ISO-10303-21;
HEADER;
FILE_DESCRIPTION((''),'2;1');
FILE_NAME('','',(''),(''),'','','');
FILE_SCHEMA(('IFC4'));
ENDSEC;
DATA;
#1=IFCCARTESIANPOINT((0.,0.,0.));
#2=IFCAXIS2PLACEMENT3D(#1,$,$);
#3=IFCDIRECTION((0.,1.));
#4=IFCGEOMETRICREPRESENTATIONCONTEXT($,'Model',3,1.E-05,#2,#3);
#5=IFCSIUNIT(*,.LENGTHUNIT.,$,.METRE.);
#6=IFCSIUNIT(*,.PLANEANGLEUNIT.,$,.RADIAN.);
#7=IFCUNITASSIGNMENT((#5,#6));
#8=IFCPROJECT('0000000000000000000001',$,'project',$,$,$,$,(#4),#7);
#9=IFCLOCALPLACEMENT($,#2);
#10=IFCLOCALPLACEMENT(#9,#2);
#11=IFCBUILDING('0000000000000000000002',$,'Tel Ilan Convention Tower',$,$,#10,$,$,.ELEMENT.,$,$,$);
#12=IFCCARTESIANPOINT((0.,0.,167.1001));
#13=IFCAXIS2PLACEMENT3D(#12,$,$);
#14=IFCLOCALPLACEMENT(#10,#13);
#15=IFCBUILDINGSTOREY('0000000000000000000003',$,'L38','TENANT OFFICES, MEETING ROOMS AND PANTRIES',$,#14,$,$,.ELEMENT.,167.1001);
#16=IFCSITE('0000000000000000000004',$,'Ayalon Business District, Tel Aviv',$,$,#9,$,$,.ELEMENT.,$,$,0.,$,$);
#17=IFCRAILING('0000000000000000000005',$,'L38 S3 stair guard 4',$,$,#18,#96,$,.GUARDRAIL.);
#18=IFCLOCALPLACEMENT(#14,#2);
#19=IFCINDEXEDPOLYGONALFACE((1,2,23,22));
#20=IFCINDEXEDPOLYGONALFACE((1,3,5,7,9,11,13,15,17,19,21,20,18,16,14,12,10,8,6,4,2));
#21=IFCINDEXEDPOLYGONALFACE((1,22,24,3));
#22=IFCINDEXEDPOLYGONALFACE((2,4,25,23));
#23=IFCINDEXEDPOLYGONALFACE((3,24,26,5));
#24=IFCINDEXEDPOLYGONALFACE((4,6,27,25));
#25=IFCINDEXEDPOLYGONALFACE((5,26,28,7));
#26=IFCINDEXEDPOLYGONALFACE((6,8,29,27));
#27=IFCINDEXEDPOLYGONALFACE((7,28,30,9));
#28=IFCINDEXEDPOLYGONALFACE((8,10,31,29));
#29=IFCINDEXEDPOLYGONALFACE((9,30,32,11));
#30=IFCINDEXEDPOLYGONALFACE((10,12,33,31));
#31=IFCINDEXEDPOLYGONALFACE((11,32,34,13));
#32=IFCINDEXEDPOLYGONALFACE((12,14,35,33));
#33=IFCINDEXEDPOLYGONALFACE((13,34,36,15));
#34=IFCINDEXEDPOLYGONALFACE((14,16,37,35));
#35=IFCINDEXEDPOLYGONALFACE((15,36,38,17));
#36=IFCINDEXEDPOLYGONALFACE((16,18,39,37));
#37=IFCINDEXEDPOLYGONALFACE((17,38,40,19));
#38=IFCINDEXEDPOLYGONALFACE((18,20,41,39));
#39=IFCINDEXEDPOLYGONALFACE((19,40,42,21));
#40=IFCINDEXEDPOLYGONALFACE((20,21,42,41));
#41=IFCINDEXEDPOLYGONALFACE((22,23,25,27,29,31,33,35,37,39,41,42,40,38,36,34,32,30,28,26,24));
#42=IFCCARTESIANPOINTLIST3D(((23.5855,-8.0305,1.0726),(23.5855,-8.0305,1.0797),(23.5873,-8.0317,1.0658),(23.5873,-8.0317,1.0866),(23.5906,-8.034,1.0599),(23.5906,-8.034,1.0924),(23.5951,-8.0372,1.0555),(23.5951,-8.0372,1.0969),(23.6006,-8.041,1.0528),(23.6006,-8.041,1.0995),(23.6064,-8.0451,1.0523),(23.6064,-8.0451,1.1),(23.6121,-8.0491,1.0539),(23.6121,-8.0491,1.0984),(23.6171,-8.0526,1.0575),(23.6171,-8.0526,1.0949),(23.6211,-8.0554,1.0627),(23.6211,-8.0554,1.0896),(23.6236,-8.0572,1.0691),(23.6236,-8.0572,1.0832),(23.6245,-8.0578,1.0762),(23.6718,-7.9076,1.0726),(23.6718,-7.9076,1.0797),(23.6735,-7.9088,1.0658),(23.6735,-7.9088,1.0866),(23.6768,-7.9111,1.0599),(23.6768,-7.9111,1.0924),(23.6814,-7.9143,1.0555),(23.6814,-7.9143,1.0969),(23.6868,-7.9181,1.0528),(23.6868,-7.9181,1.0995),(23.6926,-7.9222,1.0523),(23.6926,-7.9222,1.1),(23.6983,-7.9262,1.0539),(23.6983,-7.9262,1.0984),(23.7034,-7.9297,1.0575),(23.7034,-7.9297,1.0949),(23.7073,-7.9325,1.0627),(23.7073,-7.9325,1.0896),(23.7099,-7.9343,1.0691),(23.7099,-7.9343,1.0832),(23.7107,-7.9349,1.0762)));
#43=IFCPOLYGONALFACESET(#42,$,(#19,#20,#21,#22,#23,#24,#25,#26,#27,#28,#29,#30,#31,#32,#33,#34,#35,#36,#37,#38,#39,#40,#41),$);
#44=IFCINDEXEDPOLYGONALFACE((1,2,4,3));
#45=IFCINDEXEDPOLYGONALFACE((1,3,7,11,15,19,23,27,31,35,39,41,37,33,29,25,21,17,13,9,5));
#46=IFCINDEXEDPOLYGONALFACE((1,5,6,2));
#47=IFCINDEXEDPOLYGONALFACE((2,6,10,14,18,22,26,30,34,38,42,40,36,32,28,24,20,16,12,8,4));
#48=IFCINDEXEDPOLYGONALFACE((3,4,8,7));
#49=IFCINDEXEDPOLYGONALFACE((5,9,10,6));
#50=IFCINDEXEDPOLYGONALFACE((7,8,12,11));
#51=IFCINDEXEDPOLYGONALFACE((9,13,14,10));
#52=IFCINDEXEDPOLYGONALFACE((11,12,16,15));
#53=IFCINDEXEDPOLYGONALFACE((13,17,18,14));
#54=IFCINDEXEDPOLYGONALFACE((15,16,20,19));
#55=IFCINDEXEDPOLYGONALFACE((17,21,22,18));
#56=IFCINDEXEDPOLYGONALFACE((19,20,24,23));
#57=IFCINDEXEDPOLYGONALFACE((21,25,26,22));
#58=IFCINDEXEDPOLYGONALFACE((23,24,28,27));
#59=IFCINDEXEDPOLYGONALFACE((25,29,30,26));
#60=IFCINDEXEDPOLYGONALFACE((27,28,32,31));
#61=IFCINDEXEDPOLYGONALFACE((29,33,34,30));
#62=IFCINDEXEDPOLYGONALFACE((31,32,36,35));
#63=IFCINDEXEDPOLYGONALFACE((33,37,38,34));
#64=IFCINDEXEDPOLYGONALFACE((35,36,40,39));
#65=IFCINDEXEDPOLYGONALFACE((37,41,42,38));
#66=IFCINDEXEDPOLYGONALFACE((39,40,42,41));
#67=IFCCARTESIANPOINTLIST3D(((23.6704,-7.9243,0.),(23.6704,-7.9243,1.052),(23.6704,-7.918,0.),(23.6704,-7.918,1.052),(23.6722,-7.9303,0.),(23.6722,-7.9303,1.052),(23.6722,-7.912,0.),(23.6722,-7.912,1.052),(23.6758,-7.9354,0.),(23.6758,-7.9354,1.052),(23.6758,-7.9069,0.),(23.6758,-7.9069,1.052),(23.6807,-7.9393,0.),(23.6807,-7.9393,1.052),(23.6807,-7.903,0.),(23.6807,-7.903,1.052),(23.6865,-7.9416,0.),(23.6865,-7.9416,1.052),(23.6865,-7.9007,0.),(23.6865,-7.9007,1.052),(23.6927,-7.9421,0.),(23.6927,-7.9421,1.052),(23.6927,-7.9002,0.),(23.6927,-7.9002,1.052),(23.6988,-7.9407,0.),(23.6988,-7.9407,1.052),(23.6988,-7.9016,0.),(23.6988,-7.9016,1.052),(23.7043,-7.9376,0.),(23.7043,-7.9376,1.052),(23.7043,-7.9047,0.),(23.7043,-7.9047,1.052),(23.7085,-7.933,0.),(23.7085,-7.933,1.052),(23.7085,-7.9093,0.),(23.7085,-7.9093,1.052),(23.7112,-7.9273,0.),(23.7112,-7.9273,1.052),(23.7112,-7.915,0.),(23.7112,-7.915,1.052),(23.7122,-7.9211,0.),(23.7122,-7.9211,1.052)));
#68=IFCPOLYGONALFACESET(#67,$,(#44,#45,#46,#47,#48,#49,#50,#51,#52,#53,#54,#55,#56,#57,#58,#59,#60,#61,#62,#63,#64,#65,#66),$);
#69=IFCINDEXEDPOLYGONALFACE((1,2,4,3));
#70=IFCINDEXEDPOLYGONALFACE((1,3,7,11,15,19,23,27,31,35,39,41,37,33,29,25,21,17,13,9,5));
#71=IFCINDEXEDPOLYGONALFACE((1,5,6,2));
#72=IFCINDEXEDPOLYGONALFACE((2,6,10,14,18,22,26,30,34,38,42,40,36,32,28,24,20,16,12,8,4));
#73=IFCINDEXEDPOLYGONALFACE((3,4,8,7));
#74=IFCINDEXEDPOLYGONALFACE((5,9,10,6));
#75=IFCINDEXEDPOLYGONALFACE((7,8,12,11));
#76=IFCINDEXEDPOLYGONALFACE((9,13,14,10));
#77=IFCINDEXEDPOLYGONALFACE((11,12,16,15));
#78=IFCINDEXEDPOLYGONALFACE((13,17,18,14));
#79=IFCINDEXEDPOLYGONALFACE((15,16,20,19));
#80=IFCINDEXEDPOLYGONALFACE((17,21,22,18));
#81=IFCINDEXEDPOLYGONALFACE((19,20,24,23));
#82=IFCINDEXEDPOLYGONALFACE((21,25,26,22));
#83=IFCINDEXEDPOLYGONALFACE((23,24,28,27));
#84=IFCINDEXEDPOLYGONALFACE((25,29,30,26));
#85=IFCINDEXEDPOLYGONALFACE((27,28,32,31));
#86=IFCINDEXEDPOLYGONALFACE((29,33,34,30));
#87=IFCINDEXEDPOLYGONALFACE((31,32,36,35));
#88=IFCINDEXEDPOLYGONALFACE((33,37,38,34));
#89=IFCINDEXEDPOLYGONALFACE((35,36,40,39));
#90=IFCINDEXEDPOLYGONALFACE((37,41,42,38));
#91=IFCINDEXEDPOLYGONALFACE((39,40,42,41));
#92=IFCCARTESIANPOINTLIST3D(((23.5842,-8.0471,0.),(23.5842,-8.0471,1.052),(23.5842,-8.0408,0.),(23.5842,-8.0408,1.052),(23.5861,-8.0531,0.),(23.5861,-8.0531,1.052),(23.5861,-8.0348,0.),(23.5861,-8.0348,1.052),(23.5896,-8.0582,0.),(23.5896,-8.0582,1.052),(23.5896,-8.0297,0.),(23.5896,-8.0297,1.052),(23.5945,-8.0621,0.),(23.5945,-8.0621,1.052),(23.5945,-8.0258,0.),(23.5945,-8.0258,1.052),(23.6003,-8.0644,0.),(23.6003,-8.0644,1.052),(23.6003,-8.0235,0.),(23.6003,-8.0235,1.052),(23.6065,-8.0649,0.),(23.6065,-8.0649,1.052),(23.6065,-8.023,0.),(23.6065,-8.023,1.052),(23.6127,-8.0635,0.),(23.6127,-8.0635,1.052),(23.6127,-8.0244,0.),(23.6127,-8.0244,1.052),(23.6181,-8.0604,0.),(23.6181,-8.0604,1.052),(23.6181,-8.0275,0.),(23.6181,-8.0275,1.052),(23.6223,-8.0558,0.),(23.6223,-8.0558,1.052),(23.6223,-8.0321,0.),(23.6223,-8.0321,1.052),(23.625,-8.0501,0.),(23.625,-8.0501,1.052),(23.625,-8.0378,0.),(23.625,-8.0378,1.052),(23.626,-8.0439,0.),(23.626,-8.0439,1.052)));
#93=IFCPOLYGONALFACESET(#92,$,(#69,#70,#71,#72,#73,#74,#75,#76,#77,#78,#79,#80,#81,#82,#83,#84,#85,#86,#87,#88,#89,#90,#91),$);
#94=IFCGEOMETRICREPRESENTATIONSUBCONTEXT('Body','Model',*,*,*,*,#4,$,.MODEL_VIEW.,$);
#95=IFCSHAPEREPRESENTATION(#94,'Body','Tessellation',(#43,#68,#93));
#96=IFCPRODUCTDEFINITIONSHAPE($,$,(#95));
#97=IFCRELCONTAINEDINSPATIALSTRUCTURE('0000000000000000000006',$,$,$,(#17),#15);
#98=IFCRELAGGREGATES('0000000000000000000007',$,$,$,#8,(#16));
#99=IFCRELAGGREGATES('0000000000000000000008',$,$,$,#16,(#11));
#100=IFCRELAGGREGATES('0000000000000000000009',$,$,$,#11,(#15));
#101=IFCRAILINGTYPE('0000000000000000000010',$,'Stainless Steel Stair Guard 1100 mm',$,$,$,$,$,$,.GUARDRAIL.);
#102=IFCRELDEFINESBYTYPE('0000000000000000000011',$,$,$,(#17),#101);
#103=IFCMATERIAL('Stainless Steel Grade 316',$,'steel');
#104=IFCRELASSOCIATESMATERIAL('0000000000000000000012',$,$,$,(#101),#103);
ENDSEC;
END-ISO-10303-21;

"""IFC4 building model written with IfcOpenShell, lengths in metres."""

from ifc_helpers import new_model, si_unit, direction, frame, origin, origin_2d, place, context, subcontext, project, spatial, circle, extrude, material, type_object, element, save


model = new_model("IFC4")

# Units and contexts
model_context = context("Model", 3, precision=1e-05, world=origin(), true_north=direction((0.0, 1.0)))
body_context = subcontext(model_context, "Body", "Model", "MODEL_VIEW")
ifc_project = project(units=[si_unit("LENGTHUNIT", "METRE"), si_unit("PLANEANGLEUNIT", "RADIAN")], contexts=[model_context])

# Site, building, storey
site_placement = place(None, origin())
site = spatial("IfcSite", under=ifc_project, at=site_placement, Name="Ayalon Business District, Tel Aviv", CompositionType="ELEMENT", RefElevation=0.0)
building_placement = place(site_placement, origin())
building = spatial("IfcBuilding", under=site, at=building_placement, Name="Tel Ilan Convention Tower", CompositionType="ELEMENT")
storey_placement = place(building_placement, frame((0.0, 0.0, 167.1001)))
storey = spatial("IfcBuildingStorey", under=building, at=storey_placement, Name="L38", Description="TENANT OFFICES, MEETING ROOMS AND PANTRIES", CompositionType="ELEMENT", Elevation=167.1001)

# Railing
ifc_material_1 = material(Name="Stainless Steel Grade 316", Category="steel")
railing_type_1 = type_object("IfcRailingType", Name="Stainless Steel Stair Guard 1100 mm", PredefinedType="GUARDRAIL", material=ifc_material_1)
railing_1_placement = place(storey_placement, frame((23.6912, -7.9211, 0.0)))
element("IfcRailing", 1, at=railing_1_placement, inside=storey, type_object=railing_type_1, Name="L38 S3 stair guard 4", PredefinedType="GUARDRAIL", context=body_context, shape_type="SweptSolid", body=[
    extrude(circle(Radius=0.0239, at=origin_2d()), frame((0.0, 0.0, 1.0762), z_axis=(-0.574445, -0.818543, 0.0), x_axis=(0.818543, -0.574445, 0.0)), (0.0, 0.0, 1.0), 0.1501),
    extrude(circle(Radius=0.021, at=origin_2d()), origin(), (0.0, 0.0, 1.0), 1.052),
    extrude(circle(Radius=0.021, at=origin_2d()), frame((-0.0862, -0.1228, 0.0)), (0.0, 0.0, 1.0), 1.052),
])

save(model, "model.ifc")
